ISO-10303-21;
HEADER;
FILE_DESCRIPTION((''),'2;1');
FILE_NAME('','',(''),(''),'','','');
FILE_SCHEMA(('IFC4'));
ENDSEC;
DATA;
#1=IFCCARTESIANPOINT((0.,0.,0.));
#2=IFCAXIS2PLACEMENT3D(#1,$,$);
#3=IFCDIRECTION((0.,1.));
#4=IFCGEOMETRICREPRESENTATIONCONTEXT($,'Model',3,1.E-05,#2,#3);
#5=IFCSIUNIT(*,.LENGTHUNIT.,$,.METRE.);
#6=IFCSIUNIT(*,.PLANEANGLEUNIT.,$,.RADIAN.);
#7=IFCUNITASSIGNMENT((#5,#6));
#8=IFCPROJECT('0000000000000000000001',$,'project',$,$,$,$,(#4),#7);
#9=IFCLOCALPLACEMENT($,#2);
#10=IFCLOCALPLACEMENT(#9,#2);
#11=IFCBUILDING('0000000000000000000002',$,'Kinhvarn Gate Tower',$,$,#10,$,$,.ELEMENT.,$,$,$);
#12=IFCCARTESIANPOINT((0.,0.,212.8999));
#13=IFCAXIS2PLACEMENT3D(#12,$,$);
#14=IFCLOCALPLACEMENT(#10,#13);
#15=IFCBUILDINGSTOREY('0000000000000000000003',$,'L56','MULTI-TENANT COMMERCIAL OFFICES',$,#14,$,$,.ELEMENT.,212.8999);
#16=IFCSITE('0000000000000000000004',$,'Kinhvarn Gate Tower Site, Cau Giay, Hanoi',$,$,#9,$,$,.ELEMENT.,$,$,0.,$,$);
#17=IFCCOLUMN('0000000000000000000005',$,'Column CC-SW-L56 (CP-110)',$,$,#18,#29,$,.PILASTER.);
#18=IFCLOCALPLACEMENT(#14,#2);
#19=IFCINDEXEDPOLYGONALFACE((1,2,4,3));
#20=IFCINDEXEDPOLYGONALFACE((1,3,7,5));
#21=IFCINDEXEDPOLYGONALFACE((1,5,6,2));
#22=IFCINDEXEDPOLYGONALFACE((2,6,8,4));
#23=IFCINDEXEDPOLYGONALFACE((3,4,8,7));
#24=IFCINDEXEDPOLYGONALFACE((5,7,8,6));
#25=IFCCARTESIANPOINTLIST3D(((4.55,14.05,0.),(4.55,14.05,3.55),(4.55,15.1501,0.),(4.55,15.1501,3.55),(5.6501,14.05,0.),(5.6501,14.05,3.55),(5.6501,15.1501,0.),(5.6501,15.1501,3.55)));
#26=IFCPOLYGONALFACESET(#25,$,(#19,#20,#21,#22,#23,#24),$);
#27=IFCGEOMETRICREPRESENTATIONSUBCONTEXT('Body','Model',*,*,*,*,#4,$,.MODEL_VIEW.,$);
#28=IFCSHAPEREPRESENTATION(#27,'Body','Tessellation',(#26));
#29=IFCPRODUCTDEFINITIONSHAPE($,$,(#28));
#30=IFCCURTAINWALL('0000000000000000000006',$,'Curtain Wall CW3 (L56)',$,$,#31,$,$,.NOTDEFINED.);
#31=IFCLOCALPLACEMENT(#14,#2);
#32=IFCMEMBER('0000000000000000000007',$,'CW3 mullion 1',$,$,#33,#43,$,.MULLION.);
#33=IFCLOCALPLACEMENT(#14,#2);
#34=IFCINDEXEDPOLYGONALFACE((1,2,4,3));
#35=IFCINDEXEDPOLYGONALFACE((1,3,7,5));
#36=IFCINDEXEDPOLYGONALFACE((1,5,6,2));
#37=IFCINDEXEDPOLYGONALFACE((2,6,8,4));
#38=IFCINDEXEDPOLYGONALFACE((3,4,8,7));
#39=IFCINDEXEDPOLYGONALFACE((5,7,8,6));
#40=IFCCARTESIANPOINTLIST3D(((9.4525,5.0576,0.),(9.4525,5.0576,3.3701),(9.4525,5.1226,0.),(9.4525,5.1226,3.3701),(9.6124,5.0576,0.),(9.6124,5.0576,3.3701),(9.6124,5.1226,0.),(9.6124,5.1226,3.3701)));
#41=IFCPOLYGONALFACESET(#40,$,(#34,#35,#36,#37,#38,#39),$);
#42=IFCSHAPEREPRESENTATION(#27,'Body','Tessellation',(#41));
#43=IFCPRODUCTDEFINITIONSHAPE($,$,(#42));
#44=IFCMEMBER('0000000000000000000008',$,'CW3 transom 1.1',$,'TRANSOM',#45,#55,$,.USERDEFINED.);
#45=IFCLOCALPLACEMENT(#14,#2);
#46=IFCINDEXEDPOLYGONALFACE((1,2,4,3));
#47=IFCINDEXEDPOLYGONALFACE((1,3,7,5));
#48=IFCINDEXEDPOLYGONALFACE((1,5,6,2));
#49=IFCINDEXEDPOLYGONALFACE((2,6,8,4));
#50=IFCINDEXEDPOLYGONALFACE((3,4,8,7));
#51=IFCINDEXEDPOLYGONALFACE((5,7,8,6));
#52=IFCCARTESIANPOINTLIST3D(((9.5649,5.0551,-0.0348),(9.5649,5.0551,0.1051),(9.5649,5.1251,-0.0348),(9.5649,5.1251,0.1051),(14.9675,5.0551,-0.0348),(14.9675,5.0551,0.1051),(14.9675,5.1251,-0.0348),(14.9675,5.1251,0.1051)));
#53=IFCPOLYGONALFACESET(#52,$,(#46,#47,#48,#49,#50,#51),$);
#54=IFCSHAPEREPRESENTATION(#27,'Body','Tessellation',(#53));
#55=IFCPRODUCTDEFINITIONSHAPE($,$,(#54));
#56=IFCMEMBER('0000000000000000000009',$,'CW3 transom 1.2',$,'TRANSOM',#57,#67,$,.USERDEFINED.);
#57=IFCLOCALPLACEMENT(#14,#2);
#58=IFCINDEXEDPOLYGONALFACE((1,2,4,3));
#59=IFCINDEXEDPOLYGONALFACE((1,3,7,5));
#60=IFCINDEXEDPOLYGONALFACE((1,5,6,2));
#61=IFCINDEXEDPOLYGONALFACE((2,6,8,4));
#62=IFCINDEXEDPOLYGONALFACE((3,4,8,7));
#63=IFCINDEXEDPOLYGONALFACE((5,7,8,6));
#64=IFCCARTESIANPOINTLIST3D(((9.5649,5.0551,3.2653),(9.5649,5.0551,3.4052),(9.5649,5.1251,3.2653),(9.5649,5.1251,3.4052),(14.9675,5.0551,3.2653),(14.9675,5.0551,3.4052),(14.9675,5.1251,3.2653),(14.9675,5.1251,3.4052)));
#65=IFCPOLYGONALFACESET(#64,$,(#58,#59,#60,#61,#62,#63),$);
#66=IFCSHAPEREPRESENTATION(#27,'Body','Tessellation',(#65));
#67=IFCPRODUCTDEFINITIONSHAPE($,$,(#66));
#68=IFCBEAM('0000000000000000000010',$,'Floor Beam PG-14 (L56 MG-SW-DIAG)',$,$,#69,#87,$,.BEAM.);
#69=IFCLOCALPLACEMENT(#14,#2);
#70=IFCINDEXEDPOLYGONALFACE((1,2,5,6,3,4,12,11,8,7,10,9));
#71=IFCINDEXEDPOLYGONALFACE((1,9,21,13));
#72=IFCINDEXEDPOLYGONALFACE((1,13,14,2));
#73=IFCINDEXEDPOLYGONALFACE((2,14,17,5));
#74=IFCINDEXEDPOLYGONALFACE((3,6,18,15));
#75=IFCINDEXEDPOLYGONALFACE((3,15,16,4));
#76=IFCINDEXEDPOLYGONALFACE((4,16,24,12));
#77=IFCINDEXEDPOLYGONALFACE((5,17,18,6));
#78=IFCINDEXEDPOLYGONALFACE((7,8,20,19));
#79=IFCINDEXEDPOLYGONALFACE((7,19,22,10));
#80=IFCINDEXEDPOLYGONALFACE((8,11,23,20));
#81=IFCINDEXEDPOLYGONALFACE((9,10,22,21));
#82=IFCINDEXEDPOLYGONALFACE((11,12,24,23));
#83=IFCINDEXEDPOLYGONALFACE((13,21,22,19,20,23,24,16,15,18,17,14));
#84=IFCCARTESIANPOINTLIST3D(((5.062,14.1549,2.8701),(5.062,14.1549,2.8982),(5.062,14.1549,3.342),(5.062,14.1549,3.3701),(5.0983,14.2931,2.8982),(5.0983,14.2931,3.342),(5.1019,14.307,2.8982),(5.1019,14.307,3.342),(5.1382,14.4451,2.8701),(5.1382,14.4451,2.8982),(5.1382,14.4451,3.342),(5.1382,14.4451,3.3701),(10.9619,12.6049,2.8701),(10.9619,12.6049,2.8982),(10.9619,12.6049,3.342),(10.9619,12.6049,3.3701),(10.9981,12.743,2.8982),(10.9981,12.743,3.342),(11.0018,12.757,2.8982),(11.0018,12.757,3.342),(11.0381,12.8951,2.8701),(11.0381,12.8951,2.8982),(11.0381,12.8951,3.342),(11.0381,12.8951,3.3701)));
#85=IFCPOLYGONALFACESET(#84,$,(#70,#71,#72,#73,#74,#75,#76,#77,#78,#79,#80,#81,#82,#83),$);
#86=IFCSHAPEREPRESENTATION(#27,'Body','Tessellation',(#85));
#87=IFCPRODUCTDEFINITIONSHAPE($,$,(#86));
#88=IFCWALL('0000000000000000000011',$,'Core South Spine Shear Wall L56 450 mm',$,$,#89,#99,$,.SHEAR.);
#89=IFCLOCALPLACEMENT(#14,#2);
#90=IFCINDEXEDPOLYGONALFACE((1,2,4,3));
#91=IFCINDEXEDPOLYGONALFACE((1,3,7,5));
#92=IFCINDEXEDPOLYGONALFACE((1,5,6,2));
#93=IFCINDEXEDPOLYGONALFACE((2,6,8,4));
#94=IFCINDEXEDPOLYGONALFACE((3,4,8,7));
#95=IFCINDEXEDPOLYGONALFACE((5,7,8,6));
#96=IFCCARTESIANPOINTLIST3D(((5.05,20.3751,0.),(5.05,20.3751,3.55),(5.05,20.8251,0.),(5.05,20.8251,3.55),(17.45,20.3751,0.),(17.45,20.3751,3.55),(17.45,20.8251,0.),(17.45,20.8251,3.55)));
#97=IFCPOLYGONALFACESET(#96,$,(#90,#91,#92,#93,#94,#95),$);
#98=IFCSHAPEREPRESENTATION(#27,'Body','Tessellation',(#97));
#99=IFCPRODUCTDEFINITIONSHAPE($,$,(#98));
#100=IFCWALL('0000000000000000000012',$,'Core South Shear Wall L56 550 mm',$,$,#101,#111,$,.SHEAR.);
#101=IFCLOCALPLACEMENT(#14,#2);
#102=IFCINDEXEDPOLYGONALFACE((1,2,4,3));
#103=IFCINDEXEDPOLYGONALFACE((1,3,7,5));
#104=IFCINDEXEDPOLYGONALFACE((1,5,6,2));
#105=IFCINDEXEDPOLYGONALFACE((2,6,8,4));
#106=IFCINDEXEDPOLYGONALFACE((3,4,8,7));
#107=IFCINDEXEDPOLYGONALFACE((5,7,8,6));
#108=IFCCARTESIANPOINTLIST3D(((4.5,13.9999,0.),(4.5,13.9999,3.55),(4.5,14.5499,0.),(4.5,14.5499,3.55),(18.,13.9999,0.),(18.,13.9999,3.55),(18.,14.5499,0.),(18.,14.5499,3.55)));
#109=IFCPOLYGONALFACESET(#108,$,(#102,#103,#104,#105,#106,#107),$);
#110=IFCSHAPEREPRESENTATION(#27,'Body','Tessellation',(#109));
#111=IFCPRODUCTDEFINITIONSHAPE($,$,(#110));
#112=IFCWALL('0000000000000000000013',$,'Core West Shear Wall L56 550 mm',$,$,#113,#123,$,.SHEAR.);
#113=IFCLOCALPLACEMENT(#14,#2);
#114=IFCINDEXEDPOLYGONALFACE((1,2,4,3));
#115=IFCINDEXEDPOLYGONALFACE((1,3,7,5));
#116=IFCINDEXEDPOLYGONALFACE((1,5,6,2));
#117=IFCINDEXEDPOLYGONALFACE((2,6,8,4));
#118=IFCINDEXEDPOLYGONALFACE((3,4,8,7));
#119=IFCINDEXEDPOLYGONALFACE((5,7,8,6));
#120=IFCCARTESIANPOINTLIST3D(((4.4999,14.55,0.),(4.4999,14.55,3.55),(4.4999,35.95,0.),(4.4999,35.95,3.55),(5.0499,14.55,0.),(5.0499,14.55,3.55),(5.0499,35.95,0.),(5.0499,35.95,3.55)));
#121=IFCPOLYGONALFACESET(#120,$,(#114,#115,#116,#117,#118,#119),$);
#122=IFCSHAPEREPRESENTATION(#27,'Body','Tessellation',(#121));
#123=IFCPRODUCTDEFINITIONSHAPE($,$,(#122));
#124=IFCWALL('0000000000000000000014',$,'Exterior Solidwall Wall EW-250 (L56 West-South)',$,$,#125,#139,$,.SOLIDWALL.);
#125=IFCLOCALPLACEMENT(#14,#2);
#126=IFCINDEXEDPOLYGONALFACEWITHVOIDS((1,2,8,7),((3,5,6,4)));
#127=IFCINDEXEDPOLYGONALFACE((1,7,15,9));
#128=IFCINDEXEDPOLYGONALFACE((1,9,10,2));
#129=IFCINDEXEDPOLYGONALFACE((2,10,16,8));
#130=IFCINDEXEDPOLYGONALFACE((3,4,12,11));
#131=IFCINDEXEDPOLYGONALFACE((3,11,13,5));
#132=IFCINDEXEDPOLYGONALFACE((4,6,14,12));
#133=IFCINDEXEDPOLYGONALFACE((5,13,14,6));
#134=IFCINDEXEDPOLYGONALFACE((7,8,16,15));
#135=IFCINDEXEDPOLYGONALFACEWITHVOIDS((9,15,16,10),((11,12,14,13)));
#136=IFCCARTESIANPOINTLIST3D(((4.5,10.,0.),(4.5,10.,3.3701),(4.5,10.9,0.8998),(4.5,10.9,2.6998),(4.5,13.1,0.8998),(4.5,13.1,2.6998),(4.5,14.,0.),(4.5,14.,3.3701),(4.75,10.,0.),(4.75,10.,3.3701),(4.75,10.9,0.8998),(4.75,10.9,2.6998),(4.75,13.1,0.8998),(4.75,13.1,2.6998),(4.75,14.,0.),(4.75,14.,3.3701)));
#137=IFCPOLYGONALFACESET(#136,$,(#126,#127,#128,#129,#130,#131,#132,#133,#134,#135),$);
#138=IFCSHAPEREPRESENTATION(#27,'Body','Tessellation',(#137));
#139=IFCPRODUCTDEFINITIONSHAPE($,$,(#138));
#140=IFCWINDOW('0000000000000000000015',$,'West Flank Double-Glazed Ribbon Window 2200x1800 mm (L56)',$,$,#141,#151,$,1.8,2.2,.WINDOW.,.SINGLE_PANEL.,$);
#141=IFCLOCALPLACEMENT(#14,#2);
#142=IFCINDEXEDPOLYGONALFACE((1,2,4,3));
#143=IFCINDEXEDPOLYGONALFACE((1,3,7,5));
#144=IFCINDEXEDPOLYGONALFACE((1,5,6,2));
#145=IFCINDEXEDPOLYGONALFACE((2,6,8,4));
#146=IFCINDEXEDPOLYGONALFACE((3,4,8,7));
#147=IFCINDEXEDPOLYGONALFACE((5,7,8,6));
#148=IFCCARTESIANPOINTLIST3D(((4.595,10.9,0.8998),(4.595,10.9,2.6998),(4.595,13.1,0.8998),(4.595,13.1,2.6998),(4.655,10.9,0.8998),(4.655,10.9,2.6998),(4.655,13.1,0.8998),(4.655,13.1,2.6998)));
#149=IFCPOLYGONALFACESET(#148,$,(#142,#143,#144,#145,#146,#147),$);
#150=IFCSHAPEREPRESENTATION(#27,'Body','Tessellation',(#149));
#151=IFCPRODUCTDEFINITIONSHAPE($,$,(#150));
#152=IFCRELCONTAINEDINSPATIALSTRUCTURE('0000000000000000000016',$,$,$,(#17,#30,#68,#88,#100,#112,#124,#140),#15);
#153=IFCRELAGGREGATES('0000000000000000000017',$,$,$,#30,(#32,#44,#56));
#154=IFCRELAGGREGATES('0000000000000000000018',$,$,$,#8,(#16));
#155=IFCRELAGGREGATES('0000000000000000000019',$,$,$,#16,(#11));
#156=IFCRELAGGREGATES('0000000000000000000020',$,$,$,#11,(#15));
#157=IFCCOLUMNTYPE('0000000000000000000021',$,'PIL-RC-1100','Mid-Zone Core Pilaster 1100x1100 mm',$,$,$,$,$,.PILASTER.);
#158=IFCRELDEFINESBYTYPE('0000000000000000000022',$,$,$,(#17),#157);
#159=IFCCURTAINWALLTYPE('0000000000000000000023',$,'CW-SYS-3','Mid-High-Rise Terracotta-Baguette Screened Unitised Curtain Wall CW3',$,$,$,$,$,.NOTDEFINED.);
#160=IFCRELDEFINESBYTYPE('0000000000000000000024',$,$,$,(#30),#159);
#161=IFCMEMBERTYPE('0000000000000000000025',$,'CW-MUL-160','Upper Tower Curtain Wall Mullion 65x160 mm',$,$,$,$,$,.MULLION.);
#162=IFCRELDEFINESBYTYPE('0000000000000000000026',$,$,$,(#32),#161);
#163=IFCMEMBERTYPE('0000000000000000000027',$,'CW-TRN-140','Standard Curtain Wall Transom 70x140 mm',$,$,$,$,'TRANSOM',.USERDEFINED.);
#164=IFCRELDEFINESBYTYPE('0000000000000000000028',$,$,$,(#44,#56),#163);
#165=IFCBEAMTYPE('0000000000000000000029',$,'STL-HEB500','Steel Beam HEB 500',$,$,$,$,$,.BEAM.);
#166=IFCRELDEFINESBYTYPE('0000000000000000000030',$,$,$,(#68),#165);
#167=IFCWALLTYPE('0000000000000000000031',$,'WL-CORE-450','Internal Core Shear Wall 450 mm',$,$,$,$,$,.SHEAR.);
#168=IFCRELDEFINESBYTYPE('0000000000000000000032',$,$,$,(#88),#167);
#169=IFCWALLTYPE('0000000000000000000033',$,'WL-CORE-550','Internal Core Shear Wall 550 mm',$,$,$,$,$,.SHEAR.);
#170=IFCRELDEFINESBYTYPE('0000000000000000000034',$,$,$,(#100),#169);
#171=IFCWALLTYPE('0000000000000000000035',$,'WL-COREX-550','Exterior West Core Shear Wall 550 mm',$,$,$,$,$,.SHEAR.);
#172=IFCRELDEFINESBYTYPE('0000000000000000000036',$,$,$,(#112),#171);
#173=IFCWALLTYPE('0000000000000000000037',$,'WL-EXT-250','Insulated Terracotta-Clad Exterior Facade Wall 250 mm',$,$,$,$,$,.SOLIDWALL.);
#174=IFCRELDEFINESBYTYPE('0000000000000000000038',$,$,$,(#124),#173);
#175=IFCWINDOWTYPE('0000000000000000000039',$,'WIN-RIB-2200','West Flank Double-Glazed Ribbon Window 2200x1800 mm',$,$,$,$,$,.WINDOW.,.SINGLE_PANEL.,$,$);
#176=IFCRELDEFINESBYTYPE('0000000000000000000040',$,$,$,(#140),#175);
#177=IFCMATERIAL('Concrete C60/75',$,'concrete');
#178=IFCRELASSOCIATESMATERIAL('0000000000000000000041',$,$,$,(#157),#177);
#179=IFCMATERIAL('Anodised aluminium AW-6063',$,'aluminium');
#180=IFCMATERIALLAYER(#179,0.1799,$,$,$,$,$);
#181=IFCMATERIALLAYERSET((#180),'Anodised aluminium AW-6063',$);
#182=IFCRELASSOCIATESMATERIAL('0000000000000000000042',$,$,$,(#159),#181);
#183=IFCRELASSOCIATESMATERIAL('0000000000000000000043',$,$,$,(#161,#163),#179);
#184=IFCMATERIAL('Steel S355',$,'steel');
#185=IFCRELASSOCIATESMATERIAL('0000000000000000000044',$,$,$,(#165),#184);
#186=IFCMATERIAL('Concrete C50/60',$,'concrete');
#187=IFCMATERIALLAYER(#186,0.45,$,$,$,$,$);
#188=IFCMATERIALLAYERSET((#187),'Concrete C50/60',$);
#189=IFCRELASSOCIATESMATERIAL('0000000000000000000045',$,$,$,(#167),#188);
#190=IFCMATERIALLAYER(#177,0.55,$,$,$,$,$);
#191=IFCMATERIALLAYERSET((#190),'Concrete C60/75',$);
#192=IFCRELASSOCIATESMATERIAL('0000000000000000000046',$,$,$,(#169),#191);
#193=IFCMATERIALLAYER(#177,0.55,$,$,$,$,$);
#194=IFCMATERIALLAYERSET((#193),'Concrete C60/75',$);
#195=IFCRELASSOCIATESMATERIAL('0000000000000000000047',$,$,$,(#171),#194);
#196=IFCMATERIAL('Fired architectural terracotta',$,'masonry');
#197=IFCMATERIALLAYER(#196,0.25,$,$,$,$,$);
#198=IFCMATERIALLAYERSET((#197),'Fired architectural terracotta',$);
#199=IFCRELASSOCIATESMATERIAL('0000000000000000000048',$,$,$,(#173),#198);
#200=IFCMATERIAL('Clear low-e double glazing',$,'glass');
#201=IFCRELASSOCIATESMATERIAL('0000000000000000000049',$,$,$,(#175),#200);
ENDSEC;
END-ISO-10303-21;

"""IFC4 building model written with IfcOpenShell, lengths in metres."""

from ifc_helpers import new_model, si_unit, direction, frame, frame_2d, origin, origin_2d, place, context, subcontext, project, spatial, rectangle, i_section, extrude, material, layer, layer_set, material_profile, profile_set, type_object, element, fill, aggregate, save


model = new_model("IFC4")

# Units and contexts
model_context = context("Model", 3, precision=1e-05, world=origin(), true_north=direction((0.0, 1.0)))
body_context = subcontext(model_context, "Body", "Model", "MODEL_VIEW")
ifc_project = project(units=[si_unit("LENGTHUNIT", "METRE"), si_unit("PLANEANGLEUNIT", "RADIAN")], contexts=[model_context])

# Site, building, storey
site_placement = place(None, origin())
site = spatial("IfcSite", under=ifc_project, at=site_placement, Name="Kinhvarn Gate Tower Site, Cau Giay, Hanoi", CompositionType="ELEMENT", RefElevation=0.0)
building_placement = place(site_placement, origin())
building = spatial("IfcBuilding", under=site, at=building_placement, Name="Kinhvarn Gate Tower", CompositionType="ELEMENT")
storey_placement = place(building_placement, frame((0.0, 0.0, 212.8999)))
storey = spatial("IfcBuildingStorey", under=building, at=storey_placement, Name="L56", Description="MULTI-TENANT COMMERCIAL OFFICES", CompositionType="ELEMENT", Elevation=212.8999)

# Column
ifc_material_1 = material(Name="Concrete C60/75", Category="concrete")
ifc_material_profile_1 = material_profile(ifc_material_1, rectangle(XDim=1.1001, YDim=1.1001, at=origin_2d()), Name="RC 1100x1100")
ifc_profile_set_1 = profile_set([ifc_material_profile_1], Name="Concrete C60/75")
column_type = type_object("IfcColumnType", Name="PIL-RC-1100", Description="Mid-Zone Core Pilaster 1100x1100 mm", PredefinedType="PILASTER", material=ifc_profile_set_1)
column_placement = place(storey_placement, frame((5.1001, 14.6001, 0.0), z_axis=(0.0, 0.0, 1.0), x_axis=(1.0, 0.0, 0.0)))
element("IfcColumn", 1, at=column_placement, inside=storey, type_object=column_type, Name="Column CC-SW-L56 (CP-110)", PredefinedType="PILASTER", context=body_context, shape_type="SweptSolid", body=[
    extrude(rectangle(XDim=1.1001, YDim=1.1001, at=origin_2d()), origin(), (0.0, 0.0, 1.0), 3.55),
])

# Curtain wall, members
ifc_material_2 = material(Name="Anodised aluminium AW-6063", Category="aluminium")
ifc_layer_1 = layer(ifc_material_2, 0.1799)
ifc_layer_set_1 = layer_set([ifc_layer_1], Name="Anodised aluminium AW-6063")
curtain_wall_type = type_object("IfcCurtainWallType", Name="CW-SYS-3", Description="Mid-High-Rise Terracotta-Baguette Screened Unitised Curtain Wall CW3", PredefinedType="NOTDEFINED", material=ifc_layer_set_1)
curtain_wall_placement = place(storey_placement, origin())
curtain_wall = element("IfcCurtainWall", 2, at=curtain_wall_placement, inside=storey, type_object=curtain_wall_type, Name="Curtain Wall CW3 (L56)", PredefinedType="NOTDEFINED")
ifc_material_profile_2 = material_profile(ifc_material_2, rectangle(XDim=0.0649, YDim=0.1599, at=origin_2d()), Name="ALU 65x160")
ifc_profile_set_2 = profile_set([ifc_material_profile_2], Name="Anodised aluminium AW-6063")
member_type_1 = type_object("IfcMemberType", Name="CW-MUL-160", Description="Upper Tower Curtain Wall Mullion 65x160 mm", PredefinedType="MULLION", material=ifc_profile_set_2)
member_1_placement = place(storey_placement, frame((9.5325, 5.0901, 0.0), z_axis=(0.0, 0.0, 1.0), x_axis=(0.0, 1.0, 0.0)))
member_1 = element("IfcMember", 3, at=member_1_placement, type_object=member_type_1, Name="CW3 mullion 1", PredefinedType="MULLION", context=body_context, shape_type="SweptSolid", body=[
    extrude(rectangle(XDim=0.0649, YDim=0.1599, at=origin_2d()), origin(), (0.0, 0.0, 1.0), 3.3701),
])
ifc_material_profile_3 = material_profile(ifc_material_2, rectangle(XDim=0.0701, YDim=0.1399, at=origin_2d()), Name="ALU 70x140")
ifc_profile_set_3 = profile_set([ifc_material_profile_3], Name="Anodised aluminium AW-6063")
member_type_2 = type_object("IfcMemberType", Name="CW-TRN-140", Description="Standard Curtain Wall Transom 70x140 mm", ElementType="TRANSOM", PredefinedType="USERDEFINED", material=ifc_profile_set_3)
member_2_placement = place(storey_placement, frame((9.5649, 5.0901, 0.0352), z_axis=(1.0, 0.0, 0.0), x_axis=(0.0, 1.0, 0.0)))
member_2 = element("IfcMember", 4, at=member_2_placement, type_object=member_type_2, Name="CW3 transom 1.1", ObjectType="TRANSOM", PredefinedType="USERDEFINED", context=body_context, shape_type="SweptSolid", body=[
    extrude(rectangle(XDim=0.0701, YDim=0.1399, at=origin_2d()), origin(), (0.0, 0.0, 1.0), 5.4026),
])
member_3_placement = place(storey_placement, frame((9.5649, 5.0901, 3.3352), z_axis=(1.0, 0.0, 0.0), x_axis=(0.0, 1.0, 0.0)))
member_3 = element("IfcMember", 5, at=member_3_placement, type_object=member_type_2, Name="CW3 transom 1.2", ObjectType="TRANSOM", PredefinedType="USERDEFINED", context=body_context, shape_type="SweptSolid", body=[
    extrude(rectangle(XDim=0.0701, YDim=0.1399, at=origin_2d()), origin(), (0.0, 0.0, 1.0), 5.4026),
])
aggregate(curtain_wall, [member_1, member_2, member_3])

# Beam
ifc_material_3 = material(Name="Steel S355", Category="steel")
ifc_material_profile_4 = material_profile(ifc_material_3, i_section(OverallWidth=0.3, OverallDepth=0.5, WebThickness=0.0144, FlangeThickness=0.0281, at=origin_2d()), Name="HEB 500")
ifc_profile_set_4 = profile_set([ifc_material_profile_4], Name="Steel S355")
beam_type = type_object("IfcBeamType", Name="STL-HEB500", Description="Steel Beam HEB 500", PredefinedType="BEAM", material=ifc_profile_set_4)
beam_placement = place(storey_placement, frame((5.1001, 14.3, 3.1201), z_axis=(0.967178, -0.254101, 0.0), x_axis=(0.254101, 0.967178, 0.0)))
element("IfcBeam", 6, at=beam_placement, inside=storey, type_object=beam_type, Name="Floor Beam PG-14 (L56 MG-SW-DIAG)", PredefinedType="BEAM", context=body_context, shape_type="SweptSolid", body=[
    extrude(i_section(OverallWidth=0.3, OverallDepth=0.5, WebThickness=0.0144, FlangeThickness=0.0281, at=origin_2d()), origin(), (0.0, 0.0, 1.0), 6.1001),
])

# Walls
ifc_material_4 = material(Name="Concrete C50/60", Category="concrete")
ifc_layer_2 = layer(ifc_material_4, 0.45)
ifc_layer_set_2 = layer_set([ifc_layer_2], Name="Concrete C50/60")
wall_type_1 = type_object("IfcWallType", Name="WL-CORE-450", Description="Internal Core Shear Wall 450 mm", PredefinedType="SHEAR", material=ifc_layer_set_2)
wall_1_placement = place(storey_placement, frame((5.05, 20.6001, 0.0), z_axis=(0.0, 0.0, 1.0), x_axis=(1.0, 0.0, 0.0)))
element("IfcWall", 7, at=wall_1_placement, inside=storey, type_object=wall_type_1, Name="Core South Spine Shear Wall L56 450 mm", PredefinedType="SHEAR", context=body_context, shape_type="SweptSolid", body=[
    extrude(rectangle(XDim=12.3999, YDim=0.45, at=frame_2d((6.2, 0.0))), origin(), (0.0, 0.0, 1.0), 3.55),
])
ifc_layer_3 = layer(ifc_material_1, 0.55)
ifc_layer_set_3 = layer_set([ifc_layer_3], Name="Concrete C60/75")
wall_type_2 = type_object("IfcWallType", Name="WL-CORE-550", Description="Internal Core Shear Wall 550 mm", PredefinedType="SHEAR", material=ifc_layer_set_3)
wall_2_placement = place(storey_placement, frame((4.5, 14.2749, 0.0), z_axis=(0.0, 0.0, 1.0), x_axis=(1.0, 0.0, 0.0)))
element("IfcWall", 8, at=wall_2_placement, inside=storey, type_object=wall_type_2, Name="Core South Shear Wall L56 550 mm", PredefinedType="SHEAR", context=body_context, shape_type="SweptSolid", body=[
    extrude(rectangle(XDim=13.5, YDim=0.55, at=frame_2d((6.75, 0.0))), origin(), (0.0, 0.0, 1.0), 3.55),
])
ifc_layer_4 = layer(ifc_material_1, 0.55)
ifc_layer_set_4 = layer_set([ifc_layer_4], Name="Concrete C60/75")
wall_type_3 = type_object("IfcWallType", Name="WL-COREX-550", Description="Exterior West Core Shear Wall 550 mm", PredefinedType="SHEAR", material=ifc_layer_set_4)
wall_3_placement = place(storey_placement, frame((4.7749, 14.55, 0.0), z_axis=(0.0, 0.0, 1.0), x_axis=(0.0, 1.0, 0.0)))
element("IfcWall", 9, at=wall_3_placement, inside=storey, type_object=wall_type_3, Name="Core West Shear Wall L56 550 mm", PredefinedType="SHEAR", context=body_context, shape_type="SweptSolid", body=[
    extrude(rectangle(XDim=21.3999, YDim=0.55, at=frame_2d((10.7, 0.0))), origin(), (0.0, 0.0, 1.0), 3.55),
])

# Wall, opening, window
ifc_material_5 = material(Name="Fired architectural terracotta", Category="masonry")
ifc_layer_5 = layer(ifc_material_5, 0.25)
ifc_layer_set_5 = layer_set([ifc_layer_5], Name="Fired architectural terracotta")
wall_type_4 = type_object("IfcWallType", Name="WL-EXT-250", Description="Insulated Terracotta-Clad Exterior Facade Wall 250 mm", PredefinedType="SOLIDWALL", material=ifc_layer_set_5)
wall_4_placement = place(storey_placement, frame((4.625, 14.0, 0.0), z_axis=(0.0, 0.0, 1.0), x_axis=(0.0, -1.0, 0.0)))
wall_4 = element("IfcWall", 10, at=wall_4_placement, inside=storey, type_object=wall_type_4, Name="Exterior Solidwall Wall EW-250 (L56 West-South)", PredefinedType="SOLIDWALL", context=body_context, shape_type="SweptSolid", body=[
    extrude(rectangle(XDim=4.0, YDim=0.25, at=frame_2d((2.0, 0.0))), origin(), (0.0, 0.0, 1.0), 3.3701),
])
opening_1_placement = place(wall_4_placement, frame((0.8999, 0.0, 0.8999)))
opening_1 = element("IfcOpeningElement", 11, at=opening_1_placement, cuts=wall_4, PredefinedType="OPENING", context=body_context, shape_type="SweptSolid", body=[
    extrude(rectangle(XDim=2.2, YDim=1.8, at=frame_2d((1.1001, 0.8999))), frame((0.0, 0.135, 0.0), z_axis=(0.0, -1.0, 0.0), x_axis=(1.0, 0.0, 0.0)), (0.0, 0.0, 1.0), 0.27),
])
ifc_material_6 = material(Name="Clear low-e double glazing", Category="glass")
window_type_1 = type_object("IfcWindowType", Name="WIN-RIB-2200", Description="West Flank Double-Glazed Ribbon Window 2200x1800 mm", PartitioningType="SINGLE_PANEL", PredefinedType="WINDOW", material=ifc_material_6)
window_1_placement = place(opening_1_placement, origin())
window_1 = element("IfcWindow", 12, at=window_1_placement, inside=storey, type_object=window_type_1, Name="West Flank Double-Glazed Ribbon Window 2200x1800 mm (L56)", OverallHeight=1.8, OverallWidth=2.2, PartitioningType="SINGLE_PANEL", PredefinedType="WINDOW", context=body_context, shape_type="SweptSolid", body=[
    extrude(rectangle(XDim=2.2, YDim=1.8, at=frame_2d((1.1001, 0.8999))), frame((0.0, 0.03, 0.0), z_axis=(0.0, -1.0, 0.0), x_axis=(1.0, 0.0, 0.0)), (0.0, 0.0, 1.0), 0.0601),
])
fill(opening_1, window_1)

save(model, "model.ifc")
